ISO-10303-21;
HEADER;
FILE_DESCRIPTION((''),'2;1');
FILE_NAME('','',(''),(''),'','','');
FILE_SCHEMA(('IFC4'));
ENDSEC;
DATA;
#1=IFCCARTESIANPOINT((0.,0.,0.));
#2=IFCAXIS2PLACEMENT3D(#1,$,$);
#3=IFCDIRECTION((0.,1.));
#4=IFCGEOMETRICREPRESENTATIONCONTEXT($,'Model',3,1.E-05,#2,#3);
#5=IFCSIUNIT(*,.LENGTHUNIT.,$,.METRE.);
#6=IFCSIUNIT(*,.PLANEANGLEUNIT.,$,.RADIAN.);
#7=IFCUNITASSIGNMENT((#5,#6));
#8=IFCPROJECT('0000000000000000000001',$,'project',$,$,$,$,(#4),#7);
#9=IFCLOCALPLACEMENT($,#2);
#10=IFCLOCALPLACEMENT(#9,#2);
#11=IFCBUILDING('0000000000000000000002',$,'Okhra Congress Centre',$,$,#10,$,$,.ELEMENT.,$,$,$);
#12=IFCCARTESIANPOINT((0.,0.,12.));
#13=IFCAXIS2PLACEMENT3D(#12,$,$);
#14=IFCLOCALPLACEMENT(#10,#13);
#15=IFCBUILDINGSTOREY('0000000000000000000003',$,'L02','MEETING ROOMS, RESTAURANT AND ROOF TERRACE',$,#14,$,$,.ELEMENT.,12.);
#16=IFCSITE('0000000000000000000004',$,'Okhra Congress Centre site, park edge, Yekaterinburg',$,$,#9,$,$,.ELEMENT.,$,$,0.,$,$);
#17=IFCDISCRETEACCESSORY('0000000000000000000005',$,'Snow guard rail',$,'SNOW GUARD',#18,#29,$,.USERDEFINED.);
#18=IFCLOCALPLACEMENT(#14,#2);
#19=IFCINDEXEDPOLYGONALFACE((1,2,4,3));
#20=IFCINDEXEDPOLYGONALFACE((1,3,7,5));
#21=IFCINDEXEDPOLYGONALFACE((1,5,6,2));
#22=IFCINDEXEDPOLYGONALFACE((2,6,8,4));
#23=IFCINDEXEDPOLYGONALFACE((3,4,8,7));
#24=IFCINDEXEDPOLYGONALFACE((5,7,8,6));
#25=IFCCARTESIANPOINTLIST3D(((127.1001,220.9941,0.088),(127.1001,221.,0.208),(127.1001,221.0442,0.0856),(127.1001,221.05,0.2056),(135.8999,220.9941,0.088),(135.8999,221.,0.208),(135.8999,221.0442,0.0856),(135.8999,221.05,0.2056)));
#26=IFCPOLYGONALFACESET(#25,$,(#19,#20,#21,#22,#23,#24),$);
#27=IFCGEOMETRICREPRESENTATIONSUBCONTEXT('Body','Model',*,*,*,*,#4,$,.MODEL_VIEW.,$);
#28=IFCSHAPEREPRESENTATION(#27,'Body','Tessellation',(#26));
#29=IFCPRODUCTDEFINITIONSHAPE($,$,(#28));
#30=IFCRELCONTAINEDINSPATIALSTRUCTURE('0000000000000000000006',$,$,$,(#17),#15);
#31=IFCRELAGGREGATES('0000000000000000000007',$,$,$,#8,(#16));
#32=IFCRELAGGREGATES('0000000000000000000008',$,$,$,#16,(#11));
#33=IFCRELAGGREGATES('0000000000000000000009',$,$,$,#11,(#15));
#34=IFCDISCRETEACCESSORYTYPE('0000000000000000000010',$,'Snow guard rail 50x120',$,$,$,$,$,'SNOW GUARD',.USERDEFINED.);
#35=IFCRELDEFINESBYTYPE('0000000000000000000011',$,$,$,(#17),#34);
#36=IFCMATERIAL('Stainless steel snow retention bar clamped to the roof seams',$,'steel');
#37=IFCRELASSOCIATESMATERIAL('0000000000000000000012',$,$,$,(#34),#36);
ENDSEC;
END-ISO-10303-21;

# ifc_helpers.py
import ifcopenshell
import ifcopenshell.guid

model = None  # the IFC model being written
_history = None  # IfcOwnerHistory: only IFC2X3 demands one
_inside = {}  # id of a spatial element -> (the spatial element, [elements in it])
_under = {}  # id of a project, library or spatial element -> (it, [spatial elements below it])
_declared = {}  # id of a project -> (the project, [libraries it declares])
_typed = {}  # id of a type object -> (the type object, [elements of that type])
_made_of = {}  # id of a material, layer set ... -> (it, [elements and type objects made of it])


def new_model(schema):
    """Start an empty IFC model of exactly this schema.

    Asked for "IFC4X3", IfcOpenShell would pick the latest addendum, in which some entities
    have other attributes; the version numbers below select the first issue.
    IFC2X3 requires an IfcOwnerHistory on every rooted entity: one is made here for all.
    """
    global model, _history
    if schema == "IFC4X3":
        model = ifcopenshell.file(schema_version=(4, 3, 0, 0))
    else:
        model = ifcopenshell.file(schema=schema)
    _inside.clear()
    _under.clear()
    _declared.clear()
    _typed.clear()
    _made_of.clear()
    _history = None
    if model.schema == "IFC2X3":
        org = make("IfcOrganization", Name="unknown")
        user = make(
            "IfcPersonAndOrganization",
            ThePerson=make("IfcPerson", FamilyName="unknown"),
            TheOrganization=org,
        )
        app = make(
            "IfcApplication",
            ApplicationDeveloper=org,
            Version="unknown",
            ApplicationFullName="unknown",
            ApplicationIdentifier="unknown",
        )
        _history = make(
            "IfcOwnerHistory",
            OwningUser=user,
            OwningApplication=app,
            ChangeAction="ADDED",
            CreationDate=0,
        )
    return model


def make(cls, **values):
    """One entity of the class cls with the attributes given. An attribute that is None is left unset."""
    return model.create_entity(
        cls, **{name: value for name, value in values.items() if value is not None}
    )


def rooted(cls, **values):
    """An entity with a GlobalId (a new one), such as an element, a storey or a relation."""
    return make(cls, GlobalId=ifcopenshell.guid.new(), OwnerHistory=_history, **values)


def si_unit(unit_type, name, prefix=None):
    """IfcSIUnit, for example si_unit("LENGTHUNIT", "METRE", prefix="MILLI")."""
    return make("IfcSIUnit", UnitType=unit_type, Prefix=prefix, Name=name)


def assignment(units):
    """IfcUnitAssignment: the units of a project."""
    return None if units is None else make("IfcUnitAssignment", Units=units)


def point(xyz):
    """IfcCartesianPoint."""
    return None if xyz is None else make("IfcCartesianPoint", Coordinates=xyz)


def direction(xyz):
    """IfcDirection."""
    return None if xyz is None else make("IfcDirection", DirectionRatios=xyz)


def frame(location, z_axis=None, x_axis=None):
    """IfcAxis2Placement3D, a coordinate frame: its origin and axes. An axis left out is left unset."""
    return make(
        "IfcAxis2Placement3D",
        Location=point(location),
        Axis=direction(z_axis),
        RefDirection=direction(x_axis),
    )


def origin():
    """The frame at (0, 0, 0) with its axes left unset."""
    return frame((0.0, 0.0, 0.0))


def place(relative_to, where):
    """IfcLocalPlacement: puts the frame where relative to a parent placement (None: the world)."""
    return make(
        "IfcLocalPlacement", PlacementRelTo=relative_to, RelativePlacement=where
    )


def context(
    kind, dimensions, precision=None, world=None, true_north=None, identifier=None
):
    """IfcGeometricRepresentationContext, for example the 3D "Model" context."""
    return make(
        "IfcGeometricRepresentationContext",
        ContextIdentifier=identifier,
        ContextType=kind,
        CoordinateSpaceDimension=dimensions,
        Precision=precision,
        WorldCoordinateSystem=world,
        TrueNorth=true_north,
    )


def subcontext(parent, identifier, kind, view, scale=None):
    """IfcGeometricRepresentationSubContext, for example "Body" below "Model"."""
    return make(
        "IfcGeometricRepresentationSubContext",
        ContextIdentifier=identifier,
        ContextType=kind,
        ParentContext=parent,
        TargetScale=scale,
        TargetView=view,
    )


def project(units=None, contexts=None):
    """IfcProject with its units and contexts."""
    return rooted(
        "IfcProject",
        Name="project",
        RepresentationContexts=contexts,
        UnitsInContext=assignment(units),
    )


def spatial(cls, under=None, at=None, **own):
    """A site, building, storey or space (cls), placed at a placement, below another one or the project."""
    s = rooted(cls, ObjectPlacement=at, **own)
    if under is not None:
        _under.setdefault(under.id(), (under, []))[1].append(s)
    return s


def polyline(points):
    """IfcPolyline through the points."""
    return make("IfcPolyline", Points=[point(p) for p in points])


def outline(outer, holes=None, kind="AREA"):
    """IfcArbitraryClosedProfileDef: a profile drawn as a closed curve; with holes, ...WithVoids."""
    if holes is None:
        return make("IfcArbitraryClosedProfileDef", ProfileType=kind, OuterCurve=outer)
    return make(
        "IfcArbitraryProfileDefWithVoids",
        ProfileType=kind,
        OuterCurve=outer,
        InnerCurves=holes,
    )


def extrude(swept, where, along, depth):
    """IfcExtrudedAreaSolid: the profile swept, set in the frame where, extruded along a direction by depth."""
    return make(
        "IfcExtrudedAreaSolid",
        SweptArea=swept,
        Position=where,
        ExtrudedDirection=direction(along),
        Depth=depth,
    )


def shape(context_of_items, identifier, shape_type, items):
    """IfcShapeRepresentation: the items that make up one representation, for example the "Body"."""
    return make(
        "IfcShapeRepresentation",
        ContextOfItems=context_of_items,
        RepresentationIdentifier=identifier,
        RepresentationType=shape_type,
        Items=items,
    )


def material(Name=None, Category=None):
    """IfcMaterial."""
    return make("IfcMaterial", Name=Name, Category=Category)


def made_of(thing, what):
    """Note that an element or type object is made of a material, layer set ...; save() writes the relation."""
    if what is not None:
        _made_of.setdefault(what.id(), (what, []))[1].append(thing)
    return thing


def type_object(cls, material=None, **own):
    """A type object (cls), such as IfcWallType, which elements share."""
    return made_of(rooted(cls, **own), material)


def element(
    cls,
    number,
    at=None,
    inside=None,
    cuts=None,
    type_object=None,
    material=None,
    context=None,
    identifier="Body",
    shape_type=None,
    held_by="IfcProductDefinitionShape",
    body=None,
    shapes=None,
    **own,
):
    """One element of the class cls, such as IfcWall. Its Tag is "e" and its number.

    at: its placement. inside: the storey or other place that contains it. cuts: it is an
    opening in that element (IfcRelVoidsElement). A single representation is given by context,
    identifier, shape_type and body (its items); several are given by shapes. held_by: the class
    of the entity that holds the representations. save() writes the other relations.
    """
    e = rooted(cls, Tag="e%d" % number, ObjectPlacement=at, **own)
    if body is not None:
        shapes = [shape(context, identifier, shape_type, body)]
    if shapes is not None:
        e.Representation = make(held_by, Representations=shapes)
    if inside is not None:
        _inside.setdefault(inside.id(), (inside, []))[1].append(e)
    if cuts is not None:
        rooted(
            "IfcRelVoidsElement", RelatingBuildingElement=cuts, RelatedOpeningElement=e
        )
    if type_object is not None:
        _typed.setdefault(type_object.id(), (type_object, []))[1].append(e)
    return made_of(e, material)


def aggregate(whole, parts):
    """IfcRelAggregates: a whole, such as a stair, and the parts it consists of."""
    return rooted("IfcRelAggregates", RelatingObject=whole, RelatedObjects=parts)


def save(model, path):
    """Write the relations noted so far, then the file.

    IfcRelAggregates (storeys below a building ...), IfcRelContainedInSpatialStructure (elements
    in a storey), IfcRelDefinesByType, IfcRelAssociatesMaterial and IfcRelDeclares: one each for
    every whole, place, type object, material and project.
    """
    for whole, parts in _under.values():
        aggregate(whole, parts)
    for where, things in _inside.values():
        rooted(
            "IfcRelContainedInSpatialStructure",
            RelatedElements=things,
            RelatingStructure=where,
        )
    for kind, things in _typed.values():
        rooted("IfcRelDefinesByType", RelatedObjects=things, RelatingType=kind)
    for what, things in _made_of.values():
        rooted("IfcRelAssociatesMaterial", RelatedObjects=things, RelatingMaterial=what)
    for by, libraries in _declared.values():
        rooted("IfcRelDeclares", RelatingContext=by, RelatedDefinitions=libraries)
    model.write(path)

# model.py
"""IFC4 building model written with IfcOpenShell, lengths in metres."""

from ifc_helpers import new_model, si_unit, direction, frame, origin, place, context, subcontext, project, spatial, polyline, outline, extrude, material, type_object, element, save


model = new_model("IFC4")

# Units and contexts
model_context = context("Model", 3, precision=1e-05, world=origin(), true_north=direction((0.0, 1.0)))
body_context = subcontext(model_context, "Body", "Model", "MODEL_VIEW")
ifc_project = project(units=[si_unit("LENGTHUNIT", "METRE"), si_unit("PLANEANGLEUNIT", "RADIAN")], contexts=[model_context])

# Site, building, storey
site_placement = place(None, origin())
site = spatial("IfcSite", under=ifc_project, at=site_placement, Name="Okhra Congress Centre site, park edge, Yekaterinburg", CompositionType="ELEMENT", RefElevation=0.0)
building_placement = place(site_placement, origin())
building = spatial("IfcBuilding", under=site, at=building_placement, Name="Okhra Congress Centre", CompositionType="ELEMENT")
storey_placement = place(building_placement, frame((0.0, 0.0, 12.0)))
storey = spatial("IfcBuildingStorey", under=building, at=storey_placement, Name="L02", Description="MEETING ROOMS, RESTAURANT AND ROOF TERRACE", CompositionType="ELEMENT", Elevation=12.0)

# Discrete accessory
ifc_material_1 = material(Name="Stainless steel snow retention bar clamped to the roof seams", Category="steel")
discrete_accessory_type_1 = type_object("IfcDiscreteAccessoryType", Name="Snow guard rail 50x120", ElementType="SNOW GUARD", PredefinedType="USERDEFINED", material=ifc_material_1)
for number, where, z_axis, x_axis, name in (
    (1, (127.1001, 221.0, 0.208), (0.0, 0.048723, 0.998812), (1.0, 0.0, 0.0), "Snow guard rail"),
):
    element("IfcDiscreteAccessory", number, at=place(storey_placement, frame(where, z_axis=z_axis, x_axis=x_axis)), inside=storey, type_object=discrete_accessory_type_1, Name=name, ObjectType="SNOW GUARD", PredefinedType="USERDEFINED", context=body_context, shape_type="SweptSolid", body=[
        extrude(outline(polyline([(0.0, 0.0), (8.7998, 0.0), (8.7998, 0.0501), (0.0, 0.0501), (0.0, 0.0)])), origin(), (0.0, 0.0, -1.0), 0.1201),
    ])

save(model, "model.ifc")
